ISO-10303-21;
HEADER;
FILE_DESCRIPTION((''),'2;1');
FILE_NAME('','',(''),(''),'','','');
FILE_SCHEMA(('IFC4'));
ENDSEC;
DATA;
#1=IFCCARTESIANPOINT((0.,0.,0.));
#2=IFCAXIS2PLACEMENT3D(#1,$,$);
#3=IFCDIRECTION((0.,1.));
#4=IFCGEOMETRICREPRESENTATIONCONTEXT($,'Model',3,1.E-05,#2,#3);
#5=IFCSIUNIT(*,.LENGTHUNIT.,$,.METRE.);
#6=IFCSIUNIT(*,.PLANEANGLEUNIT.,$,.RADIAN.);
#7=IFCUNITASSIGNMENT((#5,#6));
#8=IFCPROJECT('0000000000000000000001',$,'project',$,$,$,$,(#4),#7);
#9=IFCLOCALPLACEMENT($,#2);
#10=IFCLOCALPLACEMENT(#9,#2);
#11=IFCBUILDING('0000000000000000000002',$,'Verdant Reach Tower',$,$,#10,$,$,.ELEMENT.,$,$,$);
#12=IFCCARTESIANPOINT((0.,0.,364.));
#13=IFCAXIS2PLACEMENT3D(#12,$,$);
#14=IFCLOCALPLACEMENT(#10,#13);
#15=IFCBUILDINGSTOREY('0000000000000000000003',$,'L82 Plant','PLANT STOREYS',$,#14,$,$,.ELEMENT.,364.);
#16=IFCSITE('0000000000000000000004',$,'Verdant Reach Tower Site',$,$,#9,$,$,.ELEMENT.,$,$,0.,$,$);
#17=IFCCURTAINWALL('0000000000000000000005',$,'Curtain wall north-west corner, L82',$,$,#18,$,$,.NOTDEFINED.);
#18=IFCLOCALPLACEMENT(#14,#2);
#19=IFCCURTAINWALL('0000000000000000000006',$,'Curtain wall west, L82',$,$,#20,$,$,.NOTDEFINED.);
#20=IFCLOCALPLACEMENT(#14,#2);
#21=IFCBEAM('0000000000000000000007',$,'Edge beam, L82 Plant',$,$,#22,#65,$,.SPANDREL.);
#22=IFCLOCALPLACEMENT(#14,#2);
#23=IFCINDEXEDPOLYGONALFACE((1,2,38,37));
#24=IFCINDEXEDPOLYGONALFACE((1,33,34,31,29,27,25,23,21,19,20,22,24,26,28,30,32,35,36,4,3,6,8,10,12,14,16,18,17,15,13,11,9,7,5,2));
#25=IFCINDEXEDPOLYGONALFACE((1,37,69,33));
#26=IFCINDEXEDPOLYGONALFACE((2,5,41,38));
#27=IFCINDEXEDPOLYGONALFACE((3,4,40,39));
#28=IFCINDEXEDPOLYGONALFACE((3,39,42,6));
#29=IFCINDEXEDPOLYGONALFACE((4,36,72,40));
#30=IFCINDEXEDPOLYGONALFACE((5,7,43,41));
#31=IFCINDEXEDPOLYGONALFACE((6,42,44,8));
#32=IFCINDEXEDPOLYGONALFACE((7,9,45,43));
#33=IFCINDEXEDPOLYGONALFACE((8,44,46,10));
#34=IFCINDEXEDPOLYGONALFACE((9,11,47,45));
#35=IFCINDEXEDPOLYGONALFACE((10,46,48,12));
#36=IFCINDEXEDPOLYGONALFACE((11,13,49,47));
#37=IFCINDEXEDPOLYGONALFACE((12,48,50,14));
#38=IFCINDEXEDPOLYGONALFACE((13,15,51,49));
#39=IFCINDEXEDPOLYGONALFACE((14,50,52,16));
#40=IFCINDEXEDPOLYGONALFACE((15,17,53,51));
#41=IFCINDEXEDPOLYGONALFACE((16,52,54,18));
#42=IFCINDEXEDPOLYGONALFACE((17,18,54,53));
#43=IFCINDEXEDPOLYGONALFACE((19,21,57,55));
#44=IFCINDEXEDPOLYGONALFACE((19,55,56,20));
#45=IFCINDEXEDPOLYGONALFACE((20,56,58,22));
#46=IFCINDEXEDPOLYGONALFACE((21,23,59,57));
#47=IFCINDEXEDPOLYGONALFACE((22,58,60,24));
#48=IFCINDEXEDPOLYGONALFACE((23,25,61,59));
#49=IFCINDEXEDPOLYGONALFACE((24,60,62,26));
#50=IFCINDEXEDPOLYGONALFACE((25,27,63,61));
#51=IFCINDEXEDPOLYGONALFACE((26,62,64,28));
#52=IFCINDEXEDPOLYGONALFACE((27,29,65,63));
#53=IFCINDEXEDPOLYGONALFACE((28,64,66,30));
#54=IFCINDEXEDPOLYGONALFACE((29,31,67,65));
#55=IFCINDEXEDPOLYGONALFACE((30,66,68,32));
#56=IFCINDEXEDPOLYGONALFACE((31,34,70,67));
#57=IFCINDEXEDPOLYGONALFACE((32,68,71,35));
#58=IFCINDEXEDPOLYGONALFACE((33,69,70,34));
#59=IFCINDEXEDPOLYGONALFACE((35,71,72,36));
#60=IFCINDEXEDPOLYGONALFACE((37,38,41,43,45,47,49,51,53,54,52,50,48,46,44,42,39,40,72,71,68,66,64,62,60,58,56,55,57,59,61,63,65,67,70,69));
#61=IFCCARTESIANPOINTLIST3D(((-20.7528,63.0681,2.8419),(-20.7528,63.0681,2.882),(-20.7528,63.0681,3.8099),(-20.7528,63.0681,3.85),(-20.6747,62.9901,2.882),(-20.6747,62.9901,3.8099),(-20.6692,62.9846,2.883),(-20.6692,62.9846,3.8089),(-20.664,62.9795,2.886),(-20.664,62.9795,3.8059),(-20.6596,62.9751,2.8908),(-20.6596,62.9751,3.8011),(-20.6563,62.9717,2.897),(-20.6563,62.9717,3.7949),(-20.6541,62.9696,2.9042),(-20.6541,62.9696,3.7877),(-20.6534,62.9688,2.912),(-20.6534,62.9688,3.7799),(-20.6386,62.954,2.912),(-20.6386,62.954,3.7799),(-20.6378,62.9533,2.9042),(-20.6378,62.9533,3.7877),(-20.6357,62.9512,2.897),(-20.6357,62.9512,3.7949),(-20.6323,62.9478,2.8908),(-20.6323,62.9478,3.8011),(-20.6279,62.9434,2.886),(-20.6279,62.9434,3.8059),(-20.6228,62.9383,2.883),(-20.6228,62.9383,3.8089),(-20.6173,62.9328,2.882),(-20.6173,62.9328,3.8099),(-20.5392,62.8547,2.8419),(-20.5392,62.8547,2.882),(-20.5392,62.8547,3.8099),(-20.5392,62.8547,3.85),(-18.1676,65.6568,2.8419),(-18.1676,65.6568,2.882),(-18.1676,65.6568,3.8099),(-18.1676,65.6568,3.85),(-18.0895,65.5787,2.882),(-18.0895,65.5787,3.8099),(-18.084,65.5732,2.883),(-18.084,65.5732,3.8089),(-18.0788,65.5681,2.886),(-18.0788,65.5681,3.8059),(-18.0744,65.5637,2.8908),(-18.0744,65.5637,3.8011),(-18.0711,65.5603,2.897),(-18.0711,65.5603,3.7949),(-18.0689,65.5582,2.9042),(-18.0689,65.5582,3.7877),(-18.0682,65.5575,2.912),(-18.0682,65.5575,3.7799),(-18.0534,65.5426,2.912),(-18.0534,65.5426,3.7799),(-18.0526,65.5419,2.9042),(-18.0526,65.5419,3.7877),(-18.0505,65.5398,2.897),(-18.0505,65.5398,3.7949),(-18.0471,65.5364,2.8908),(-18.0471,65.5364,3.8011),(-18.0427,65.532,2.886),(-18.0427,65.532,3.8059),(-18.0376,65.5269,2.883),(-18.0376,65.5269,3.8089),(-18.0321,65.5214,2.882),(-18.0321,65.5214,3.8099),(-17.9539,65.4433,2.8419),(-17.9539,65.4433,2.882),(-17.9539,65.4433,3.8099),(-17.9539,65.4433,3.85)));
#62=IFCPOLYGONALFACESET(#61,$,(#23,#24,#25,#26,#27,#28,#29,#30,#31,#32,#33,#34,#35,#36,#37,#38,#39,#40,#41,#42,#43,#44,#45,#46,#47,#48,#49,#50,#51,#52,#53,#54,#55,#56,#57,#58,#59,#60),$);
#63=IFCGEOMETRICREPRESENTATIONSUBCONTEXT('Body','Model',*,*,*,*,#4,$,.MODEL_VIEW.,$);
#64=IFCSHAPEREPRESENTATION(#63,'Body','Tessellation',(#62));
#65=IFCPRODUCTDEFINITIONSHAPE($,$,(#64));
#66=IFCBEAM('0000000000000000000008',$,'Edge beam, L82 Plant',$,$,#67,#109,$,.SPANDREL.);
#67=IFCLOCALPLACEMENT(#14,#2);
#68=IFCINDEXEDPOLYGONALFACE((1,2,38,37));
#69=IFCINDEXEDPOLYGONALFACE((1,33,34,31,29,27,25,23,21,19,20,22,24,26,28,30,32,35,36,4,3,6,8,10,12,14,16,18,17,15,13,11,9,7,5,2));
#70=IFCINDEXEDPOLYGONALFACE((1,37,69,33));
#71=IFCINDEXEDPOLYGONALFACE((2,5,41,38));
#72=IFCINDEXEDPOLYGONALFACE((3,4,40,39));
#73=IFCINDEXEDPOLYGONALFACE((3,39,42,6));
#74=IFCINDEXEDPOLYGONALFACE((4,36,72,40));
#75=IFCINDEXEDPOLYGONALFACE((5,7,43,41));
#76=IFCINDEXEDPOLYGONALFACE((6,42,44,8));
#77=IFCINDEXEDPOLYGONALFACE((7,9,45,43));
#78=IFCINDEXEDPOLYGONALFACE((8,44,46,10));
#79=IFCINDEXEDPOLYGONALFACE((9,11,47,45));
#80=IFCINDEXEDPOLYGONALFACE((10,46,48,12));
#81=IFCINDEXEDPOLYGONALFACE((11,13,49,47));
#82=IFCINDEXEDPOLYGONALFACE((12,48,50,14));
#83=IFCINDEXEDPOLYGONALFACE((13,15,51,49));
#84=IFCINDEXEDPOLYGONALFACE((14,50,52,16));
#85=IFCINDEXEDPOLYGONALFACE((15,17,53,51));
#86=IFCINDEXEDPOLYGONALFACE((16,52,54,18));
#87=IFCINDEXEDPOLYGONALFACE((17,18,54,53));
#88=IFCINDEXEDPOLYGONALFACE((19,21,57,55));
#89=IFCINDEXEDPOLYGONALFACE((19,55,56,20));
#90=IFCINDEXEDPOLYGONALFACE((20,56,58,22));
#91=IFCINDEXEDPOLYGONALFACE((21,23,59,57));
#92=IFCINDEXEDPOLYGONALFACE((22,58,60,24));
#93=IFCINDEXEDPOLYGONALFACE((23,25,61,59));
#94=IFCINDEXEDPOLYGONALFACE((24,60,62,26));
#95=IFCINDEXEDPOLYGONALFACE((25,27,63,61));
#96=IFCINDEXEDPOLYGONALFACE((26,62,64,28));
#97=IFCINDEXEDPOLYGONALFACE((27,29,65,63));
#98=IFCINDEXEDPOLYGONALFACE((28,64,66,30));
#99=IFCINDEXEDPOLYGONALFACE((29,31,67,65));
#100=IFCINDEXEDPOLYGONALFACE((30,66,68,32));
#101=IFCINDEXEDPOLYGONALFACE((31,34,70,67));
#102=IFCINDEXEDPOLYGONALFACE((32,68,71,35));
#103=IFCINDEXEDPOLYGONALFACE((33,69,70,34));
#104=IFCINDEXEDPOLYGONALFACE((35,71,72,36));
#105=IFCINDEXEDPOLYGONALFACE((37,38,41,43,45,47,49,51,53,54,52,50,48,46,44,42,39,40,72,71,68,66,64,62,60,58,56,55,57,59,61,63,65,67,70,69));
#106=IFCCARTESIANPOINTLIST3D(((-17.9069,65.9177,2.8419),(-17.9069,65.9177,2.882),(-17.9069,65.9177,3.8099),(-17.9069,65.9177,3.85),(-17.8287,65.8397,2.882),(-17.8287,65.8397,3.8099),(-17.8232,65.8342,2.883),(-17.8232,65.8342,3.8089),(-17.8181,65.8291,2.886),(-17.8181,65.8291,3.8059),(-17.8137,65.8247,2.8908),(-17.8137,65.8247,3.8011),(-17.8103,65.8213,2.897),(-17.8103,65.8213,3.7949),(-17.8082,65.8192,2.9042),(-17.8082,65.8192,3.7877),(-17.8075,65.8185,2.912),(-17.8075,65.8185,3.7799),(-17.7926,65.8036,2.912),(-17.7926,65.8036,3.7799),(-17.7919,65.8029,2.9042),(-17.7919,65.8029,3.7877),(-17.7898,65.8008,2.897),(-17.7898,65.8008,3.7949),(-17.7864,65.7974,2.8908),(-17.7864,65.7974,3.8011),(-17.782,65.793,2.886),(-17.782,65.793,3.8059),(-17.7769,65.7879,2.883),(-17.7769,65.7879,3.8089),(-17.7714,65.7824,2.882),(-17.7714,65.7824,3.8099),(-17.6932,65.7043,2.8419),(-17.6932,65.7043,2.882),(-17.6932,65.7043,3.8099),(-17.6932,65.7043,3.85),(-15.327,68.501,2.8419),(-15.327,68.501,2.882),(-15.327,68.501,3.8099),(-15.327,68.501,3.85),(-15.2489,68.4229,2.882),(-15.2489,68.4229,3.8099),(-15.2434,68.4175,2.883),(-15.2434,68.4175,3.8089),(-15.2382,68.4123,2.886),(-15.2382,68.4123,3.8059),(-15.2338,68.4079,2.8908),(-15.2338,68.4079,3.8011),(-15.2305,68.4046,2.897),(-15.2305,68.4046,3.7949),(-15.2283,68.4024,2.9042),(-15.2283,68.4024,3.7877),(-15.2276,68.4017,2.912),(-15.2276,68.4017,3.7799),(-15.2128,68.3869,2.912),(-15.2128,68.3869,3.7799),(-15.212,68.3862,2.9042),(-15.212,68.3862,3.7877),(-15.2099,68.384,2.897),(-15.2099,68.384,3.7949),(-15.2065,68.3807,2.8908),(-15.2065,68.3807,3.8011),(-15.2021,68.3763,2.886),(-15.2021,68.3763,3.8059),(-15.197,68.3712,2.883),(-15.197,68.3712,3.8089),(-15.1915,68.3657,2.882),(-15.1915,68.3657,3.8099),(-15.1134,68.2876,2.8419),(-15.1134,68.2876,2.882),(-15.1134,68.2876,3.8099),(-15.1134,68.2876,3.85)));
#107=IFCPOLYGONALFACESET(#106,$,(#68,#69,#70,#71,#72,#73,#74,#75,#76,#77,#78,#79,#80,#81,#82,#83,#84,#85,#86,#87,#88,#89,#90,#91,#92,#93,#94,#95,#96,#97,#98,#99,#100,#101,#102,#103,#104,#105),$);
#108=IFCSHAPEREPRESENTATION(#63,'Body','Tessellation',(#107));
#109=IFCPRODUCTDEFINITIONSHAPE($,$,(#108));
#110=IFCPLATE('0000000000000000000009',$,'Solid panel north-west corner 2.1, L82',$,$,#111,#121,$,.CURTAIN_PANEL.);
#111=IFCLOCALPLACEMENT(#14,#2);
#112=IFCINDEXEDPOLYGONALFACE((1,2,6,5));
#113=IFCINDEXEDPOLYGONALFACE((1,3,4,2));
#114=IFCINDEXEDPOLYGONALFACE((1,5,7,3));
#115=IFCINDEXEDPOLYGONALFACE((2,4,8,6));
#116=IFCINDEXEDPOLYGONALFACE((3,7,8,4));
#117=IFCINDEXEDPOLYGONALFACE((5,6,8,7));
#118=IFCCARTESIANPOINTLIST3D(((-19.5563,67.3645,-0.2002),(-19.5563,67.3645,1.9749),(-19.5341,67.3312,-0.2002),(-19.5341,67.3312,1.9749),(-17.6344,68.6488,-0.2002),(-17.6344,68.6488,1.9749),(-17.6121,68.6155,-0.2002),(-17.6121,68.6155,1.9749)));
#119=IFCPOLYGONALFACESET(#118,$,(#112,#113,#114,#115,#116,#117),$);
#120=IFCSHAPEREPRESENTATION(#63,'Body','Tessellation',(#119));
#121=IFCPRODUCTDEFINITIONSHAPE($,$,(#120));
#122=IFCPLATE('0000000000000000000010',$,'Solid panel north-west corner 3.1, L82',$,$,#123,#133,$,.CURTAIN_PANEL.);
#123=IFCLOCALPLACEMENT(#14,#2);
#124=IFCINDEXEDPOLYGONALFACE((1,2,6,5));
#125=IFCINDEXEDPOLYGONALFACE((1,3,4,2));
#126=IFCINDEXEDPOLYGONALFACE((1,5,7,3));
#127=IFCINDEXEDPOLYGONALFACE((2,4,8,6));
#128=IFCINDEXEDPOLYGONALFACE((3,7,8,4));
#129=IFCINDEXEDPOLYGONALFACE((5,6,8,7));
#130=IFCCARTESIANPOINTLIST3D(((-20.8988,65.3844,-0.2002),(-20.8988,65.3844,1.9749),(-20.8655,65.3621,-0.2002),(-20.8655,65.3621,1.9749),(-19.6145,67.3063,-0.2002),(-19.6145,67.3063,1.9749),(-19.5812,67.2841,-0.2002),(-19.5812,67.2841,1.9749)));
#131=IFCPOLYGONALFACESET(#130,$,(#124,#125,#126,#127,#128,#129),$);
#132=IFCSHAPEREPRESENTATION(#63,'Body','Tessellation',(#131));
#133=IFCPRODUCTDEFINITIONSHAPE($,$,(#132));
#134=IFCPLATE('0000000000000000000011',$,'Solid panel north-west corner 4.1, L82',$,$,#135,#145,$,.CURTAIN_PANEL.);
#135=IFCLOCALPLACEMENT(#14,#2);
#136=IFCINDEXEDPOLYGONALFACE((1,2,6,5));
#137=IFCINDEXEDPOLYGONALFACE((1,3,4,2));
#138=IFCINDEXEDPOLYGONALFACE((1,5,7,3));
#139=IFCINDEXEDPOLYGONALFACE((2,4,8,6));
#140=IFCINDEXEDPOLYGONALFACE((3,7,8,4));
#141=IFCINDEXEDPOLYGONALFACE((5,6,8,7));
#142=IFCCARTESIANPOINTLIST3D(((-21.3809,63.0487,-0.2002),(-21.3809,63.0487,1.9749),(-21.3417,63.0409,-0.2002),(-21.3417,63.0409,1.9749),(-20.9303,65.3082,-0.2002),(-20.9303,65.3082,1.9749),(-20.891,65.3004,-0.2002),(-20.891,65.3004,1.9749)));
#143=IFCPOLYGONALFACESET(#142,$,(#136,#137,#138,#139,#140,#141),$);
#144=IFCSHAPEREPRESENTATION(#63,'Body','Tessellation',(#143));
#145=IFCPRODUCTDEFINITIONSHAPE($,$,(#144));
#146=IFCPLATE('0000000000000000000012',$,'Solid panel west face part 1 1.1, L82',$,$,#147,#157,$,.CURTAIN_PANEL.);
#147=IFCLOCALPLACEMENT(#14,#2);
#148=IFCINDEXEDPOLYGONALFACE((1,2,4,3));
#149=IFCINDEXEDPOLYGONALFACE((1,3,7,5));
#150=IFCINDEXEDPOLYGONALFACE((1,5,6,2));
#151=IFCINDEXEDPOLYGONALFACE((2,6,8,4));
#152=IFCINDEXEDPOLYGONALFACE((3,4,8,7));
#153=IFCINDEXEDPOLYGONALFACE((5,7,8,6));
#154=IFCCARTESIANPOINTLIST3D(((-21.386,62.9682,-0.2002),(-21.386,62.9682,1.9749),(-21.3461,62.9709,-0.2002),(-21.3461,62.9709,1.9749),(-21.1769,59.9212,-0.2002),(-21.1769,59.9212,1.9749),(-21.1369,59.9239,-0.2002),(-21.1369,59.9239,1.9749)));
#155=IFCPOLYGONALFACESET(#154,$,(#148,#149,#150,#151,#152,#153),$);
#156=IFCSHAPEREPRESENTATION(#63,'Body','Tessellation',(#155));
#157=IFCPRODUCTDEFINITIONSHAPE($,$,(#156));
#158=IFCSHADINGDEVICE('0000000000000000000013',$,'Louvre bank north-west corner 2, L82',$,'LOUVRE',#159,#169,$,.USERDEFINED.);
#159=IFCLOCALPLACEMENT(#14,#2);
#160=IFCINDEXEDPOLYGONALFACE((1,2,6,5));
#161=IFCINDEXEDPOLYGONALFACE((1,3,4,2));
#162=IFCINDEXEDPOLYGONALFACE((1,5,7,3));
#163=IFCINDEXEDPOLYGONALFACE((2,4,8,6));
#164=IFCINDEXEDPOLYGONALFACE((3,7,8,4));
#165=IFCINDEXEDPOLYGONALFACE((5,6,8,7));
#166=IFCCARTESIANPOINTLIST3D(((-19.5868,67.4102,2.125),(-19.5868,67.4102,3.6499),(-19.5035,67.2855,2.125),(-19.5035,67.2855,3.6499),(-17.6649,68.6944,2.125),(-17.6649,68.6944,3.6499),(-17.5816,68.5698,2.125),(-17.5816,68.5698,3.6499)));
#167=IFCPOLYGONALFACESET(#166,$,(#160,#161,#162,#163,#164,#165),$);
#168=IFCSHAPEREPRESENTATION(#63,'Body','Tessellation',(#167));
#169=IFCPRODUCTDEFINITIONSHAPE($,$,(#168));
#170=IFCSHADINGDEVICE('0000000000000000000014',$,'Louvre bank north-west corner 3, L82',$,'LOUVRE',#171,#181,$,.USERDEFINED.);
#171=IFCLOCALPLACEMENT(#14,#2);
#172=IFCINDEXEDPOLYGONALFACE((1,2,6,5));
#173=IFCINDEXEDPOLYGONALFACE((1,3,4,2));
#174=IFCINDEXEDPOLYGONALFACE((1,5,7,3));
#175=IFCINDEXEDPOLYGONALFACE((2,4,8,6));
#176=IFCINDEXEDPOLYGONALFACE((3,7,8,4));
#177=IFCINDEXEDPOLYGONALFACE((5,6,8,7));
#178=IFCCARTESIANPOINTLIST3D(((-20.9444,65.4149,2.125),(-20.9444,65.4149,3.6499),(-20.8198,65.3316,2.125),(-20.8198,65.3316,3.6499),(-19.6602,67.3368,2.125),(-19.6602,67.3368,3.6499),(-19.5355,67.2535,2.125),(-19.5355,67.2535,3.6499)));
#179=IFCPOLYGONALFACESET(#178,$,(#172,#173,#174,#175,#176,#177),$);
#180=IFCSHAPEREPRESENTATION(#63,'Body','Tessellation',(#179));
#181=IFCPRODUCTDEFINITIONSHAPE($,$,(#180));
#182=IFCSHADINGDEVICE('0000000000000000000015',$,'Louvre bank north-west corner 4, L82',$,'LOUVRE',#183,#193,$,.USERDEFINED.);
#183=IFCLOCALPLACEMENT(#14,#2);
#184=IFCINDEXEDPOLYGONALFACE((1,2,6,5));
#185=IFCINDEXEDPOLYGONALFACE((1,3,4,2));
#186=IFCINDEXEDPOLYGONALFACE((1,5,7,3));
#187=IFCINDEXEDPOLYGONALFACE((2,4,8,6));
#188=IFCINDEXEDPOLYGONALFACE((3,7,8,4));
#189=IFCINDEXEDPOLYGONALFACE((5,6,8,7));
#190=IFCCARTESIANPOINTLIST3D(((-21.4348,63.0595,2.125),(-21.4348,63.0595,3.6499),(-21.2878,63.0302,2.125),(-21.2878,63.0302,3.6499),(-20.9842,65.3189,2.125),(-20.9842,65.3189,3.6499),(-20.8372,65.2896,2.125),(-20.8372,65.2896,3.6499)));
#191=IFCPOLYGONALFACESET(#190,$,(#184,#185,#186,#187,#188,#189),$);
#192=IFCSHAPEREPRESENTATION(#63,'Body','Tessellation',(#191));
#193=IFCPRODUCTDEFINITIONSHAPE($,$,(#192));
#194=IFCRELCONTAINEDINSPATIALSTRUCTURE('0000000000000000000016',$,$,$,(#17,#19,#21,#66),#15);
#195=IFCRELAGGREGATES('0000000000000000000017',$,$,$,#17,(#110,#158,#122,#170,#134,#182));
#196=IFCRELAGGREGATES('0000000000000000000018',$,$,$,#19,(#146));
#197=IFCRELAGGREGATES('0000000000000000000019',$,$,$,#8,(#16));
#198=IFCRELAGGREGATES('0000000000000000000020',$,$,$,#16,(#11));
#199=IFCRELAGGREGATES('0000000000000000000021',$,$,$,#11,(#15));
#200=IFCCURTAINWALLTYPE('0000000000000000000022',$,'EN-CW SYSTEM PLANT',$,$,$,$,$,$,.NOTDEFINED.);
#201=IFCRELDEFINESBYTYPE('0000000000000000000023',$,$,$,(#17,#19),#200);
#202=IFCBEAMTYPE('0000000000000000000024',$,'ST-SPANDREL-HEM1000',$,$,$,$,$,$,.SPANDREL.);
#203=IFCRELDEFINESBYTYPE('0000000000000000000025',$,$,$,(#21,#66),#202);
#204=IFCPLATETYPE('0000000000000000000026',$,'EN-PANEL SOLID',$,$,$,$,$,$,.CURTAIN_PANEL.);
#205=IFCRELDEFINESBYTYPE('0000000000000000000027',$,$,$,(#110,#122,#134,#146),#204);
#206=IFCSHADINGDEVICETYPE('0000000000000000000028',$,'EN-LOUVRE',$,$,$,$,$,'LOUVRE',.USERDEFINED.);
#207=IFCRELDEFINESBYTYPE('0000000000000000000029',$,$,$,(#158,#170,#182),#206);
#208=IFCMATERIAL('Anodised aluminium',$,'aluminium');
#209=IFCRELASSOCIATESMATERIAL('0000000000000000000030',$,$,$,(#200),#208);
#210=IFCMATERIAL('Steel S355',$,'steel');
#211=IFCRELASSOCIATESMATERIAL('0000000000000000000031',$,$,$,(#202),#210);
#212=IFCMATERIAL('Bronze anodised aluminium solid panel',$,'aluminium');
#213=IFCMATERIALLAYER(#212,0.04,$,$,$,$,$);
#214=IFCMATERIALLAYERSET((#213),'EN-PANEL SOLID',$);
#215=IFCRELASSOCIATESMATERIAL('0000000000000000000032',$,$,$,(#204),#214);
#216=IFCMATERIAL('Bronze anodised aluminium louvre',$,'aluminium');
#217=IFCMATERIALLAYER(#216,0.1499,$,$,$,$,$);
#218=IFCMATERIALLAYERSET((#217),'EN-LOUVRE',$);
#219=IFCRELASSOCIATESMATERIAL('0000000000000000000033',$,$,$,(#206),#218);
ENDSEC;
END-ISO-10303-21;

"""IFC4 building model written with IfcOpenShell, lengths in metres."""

from ifc_helpers import new_model, si_unit, direction, frame, origin, origin_2d, place, context, subcontext, project, spatial, rectangle, i_section, extrude, material, layer, layer_set, material_profile, profile_set, type_object, element, aggregate, save


model = new_model("IFC4")

# Units and contexts
model_context = context("Model", 3, precision=1e-05, world=origin(), true_north=direction((0.0, 1.0)))
body_context = subcontext(model_context, "Body", "Model", "MODEL_VIEW")
ifc_project = project(units=[si_unit("LENGTHUNIT", "METRE"), si_unit("PLANEANGLEUNIT", "RADIAN")], contexts=[model_context])

# Site, building, storey
site_placement = place(None, origin())
site = spatial("IfcSite", under=ifc_project, at=site_placement, Name="Verdant Reach Tower Site", CompositionType="ELEMENT", RefElevation=0.0)
building_placement = place(site_placement, origin())
building = spatial("IfcBuilding", under=site, at=building_placement, Name="Verdant Reach Tower", CompositionType="ELEMENT")
storey_placement = place(building_placement, frame((0.0, 0.0, 364.0)))
storey = spatial("IfcBuildingStorey", under=building, at=storey_placement, Name="L82 Plant", Description="PLANT STOREYS", CompositionType="ELEMENT", Elevation=364.0)

# Curtain walls
ifc_material_1 = material(Name="Anodised aluminium", Category="aluminium")
curtain_wall_type = type_object("IfcCurtainWallType", Name="EN-CW SYSTEM PLANT", PredefinedType="NOTDEFINED", material=ifc_material_1)
curtain_wall_1_placement = place(storey_placement, origin())
curtain_wall_1 = element("IfcCurtainWall", 1, at=curtain_wall_1_placement, inside=storey, type_object=curtain_wall_type, Name="Curtain wall north-west corner, L82", PredefinedType="NOTDEFINED")
curtain_wall_2_placement = place(storey_placement, origin())
curtain_wall_2 = element("IfcCurtainWall", 2, at=curtain_wall_2_placement, inside=storey, type_object=curtain_wall_type, Name="Curtain wall west, L82", PredefinedType="NOTDEFINED")

# Beams
ifc_material_2 = material(Name="Steel S355", Category="steel")
ifc_material_profile_1 = material_profile(ifc_material_2, i_section(OverallWidth=0.302, OverallDepth=1.0081, WebThickness=0.021, FlangeThickness=0.04, FilletRadius=0.03, at=origin_2d()), Name="HEM 1000")
ifc_profile_set_1 = profile_set([ifc_material_profile_1], Name="Steel S355")
beam_type = type_object("IfcBeamType", Name="ST-SPANDREL-HEM1000", PredefinedType="SPANDREL", material=ifc_profile_set_1)
beam_1_placement = place(storey_placement, frame((-20.646, 62.9614, 3.3459), z_axis=(0.706639, 0.707574, 0.0), x_axis=(-0.707574, 0.706639, 0.0)))
element("IfcBeam", 3, at=beam_1_placement, inside=storey, type_object=beam_type, Name="Edge beam, L82 Plant", PredefinedType="SPANDREL", context=body_context, shape_type="SweptSolid", body=[
    extrude(i_section(OverallWidth=0.302, OverallDepth=1.0081, WebThickness=0.021, FlangeThickness=0.04, FilletRadius=0.03, at=origin_2d()), origin(), (0.0, 0.0, 1.0), 3.6584),
])
beam_2_placement = place(storey_placement, frame((-17.8, 65.811, 3.3459), z_axis=(0.706639, 0.707575, 0.0), x_axis=(-0.707575, 0.706639, 0.0)))
element("IfcBeam", 4, at=beam_2_placement, inside=storey, type_object=beam_type, Name="Edge beam, L82 Plant", PredefinedType="SPANDREL", context=body_context, shape_type="SweptSolid", body=[
    extrude(i_section(OverallWidth=0.302, OverallDepth=1.0081, WebThickness=0.021, FlangeThickness=0.04, FilletRadius=0.03, at=origin_2d()), origin(), (0.0, 0.0, 1.0), 3.6509),
])

# Plates
ifc_material_3 = material(Name="Bronze anodised aluminium solid panel", Category="aluminium")
ifc_layer_1 = layer(ifc_material_3, 0.04)
ifc_layer_set_1 = layer_set([ifc_layer_1], Name="EN-PANEL SOLID")
plate_type = type_object("IfcPlateType", Name="EN-PANEL SOLID", PredefinedType="CURTAIN_PANEL", material=ifc_layer_set_1)
plate_1_placement = place(storey_placement, frame((-18.5842, 67.99, -0.2002), z_axis=(0.0, 0.0, 1.0), x_axis=(-0.831452, -0.555596, 0.0)))
plate_1 = element("IfcPlate", 5, at=plate_1_placement, type_object=plate_type, Name="Solid panel north-west corner 2.1, L82", PredefinedType="CURTAIN_PANEL", context=body_context, shape_type="SweptSolid", body=[
    extrude(rectangle(XDim=2.3115, YDim=0.04, at=origin_2d()), origin(), (0.0, 0.0, 1.0), 2.175),
])
plate_2_placement = place(storey_placement, frame((-20.24, 66.3342, -0.2002), z_axis=(0.0, 0.0, 1.0), x_axis=(-0.555596, -0.831452, 0.0)))
plate_2 = element("IfcPlate", 6, at=plate_2_placement, type_object=plate_type, Name="Solid panel north-west corner 3.1, L82", PredefinedType="CURTAIN_PANEL", context=body_context, shape_type="SweptSolid", body=[
    extrude(rectangle(XDim=2.3115, YDim=0.04, at=origin_2d()), origin(), (0.0, 0.0, 1.0), 2.175),
])
plate_3_placement = place(storey_placement, frame((-21.136, 64.1746, -0.2002), z_axis=(0.0, 0.0, 1.0), x_axis=(-0.195593, -0.980685, 0.0)))
plate_3 = element("IfcPlate", 7, at=plate_3_placement, type_object=plate_type, Name="Solid panel north-west corner 4.1, L82", PredefinedType="CURTAIN_PANEL", context=body_context, shape_type="SweptSolid", body=[
    extrude(rectangle(XDim=2.304, YDim=0.04, at=origin_2d()), origin(), (0.0, 0.0, 1.0), 2.175),
])
plate_4_placement = place(storey_placement, frame((-21.2615, 61.446, -0.2002), z_axis=(0.0, 0.0, 1.0), x_axis=(0.068469, -0.997653, 0.0)))
plate_4 = element("IfcPlate", 8, at=plate_4_placement, type_object=plate_type, Name="Solid panel west face part 1 1.1, L82", PredefinedType="CURTAIN_PANEL", context=body_context, shape_type="SweptSolid", body=[
    extrude(rectangle(XDim=3.0542, YDim=0.04, at=origin_2d()), origin(), (0.0, 0.0, 1.0), 2.175),
])

# Shading devices
ifc_material_4 = material(Name="Bronze anodised aluminium louvre", Category="aluminium")
ifc_layer_2 = layer(ifc_material_4, 0.1499)
ifc_layer_set_2 = layer_set([ifc_layer_2], Name="EN-LOUVRE")
shading_device_type = type_object("IfcShadingDeviceType", Name="EN-LOUVRE", ElementType="LOUVRE", PredefinedType="USERDEFINED", material=ifc_layer_set_2)
shading_device_1_placement = place(storey_placement, frame((-18.5842, 67.99, 2.125), z_axis=(0.0, 0.0, 1.0), x_axis=(-0.831452, -0.555596, 0.0)))
shading_device_1 = element("IfcShadingDevice", 9, at=shading_device_1_placement, type_object=shading_device_type, Name="Louvre bank north-west corner 2, L82", ObjectType="LOUVRE", PredefinedType="USERDEFINED", context=body_context, shape_type="SweptSolid", body=[
    extrude(rectangle(XDim=2.3115, YDim=0.1499, at=origin_2d()), origin(), (0.0, 0.0, 1.0), 1.5249),
])
shading_device_2_placement = place(storey_placement, frame((-20.24, 66.3342, 2.125), z_axis=(0.0, 0.0, 1.0), x_axis=(-0.555596, -0.831452, 0.0)))
shading_device_2 = element("IfcShadingDevice", 10, at=shading_device_2_placement, type_object=shading_device_type, Name="Louvre bank north-west corner 3, L82", ObjectType="LOUVRE", PredefinedType="USERDEFINED", context=body_context, shape_type="SweptSolid", body=[
    extrude(rectangle(XDim=2.3115, YDim=0.1499, at=origin_2d()), origin(), (0.0, 0.0, 1.0), 1.5249),
])
shading_device_3_placement = place(storey_placement, frame((-21.136, 64.1746, 2.125), z_axis=(0.0, 0.0, 1.0), x_axis=(-0.195593, -0.980685, 0.0)))
shading_device_3 = element("IfcShadingDevice", 11, at=shading_device_3_placement, type_object=shading_device_type, Name="Louvre bank north-west corner 4, L82", ObjectType="LOUVRE", PredefinedType="USERDEFINED", context=body_context, shape_type="SweptSolid", body=[
    extrude(rectangle(XDim=2.304, YDim=0.1499, at=origin_2d()), origin(), (0.0, 0.0, 1.0), 1.5249),
])
aggregate(curtain_wall_1, [plate_1, shading_device_1, plate_2, shading_device_2, plate_3, shading_device_3])
aggregate(curtain_wall_2, [plate_4])

save(model, "model.ifc")
